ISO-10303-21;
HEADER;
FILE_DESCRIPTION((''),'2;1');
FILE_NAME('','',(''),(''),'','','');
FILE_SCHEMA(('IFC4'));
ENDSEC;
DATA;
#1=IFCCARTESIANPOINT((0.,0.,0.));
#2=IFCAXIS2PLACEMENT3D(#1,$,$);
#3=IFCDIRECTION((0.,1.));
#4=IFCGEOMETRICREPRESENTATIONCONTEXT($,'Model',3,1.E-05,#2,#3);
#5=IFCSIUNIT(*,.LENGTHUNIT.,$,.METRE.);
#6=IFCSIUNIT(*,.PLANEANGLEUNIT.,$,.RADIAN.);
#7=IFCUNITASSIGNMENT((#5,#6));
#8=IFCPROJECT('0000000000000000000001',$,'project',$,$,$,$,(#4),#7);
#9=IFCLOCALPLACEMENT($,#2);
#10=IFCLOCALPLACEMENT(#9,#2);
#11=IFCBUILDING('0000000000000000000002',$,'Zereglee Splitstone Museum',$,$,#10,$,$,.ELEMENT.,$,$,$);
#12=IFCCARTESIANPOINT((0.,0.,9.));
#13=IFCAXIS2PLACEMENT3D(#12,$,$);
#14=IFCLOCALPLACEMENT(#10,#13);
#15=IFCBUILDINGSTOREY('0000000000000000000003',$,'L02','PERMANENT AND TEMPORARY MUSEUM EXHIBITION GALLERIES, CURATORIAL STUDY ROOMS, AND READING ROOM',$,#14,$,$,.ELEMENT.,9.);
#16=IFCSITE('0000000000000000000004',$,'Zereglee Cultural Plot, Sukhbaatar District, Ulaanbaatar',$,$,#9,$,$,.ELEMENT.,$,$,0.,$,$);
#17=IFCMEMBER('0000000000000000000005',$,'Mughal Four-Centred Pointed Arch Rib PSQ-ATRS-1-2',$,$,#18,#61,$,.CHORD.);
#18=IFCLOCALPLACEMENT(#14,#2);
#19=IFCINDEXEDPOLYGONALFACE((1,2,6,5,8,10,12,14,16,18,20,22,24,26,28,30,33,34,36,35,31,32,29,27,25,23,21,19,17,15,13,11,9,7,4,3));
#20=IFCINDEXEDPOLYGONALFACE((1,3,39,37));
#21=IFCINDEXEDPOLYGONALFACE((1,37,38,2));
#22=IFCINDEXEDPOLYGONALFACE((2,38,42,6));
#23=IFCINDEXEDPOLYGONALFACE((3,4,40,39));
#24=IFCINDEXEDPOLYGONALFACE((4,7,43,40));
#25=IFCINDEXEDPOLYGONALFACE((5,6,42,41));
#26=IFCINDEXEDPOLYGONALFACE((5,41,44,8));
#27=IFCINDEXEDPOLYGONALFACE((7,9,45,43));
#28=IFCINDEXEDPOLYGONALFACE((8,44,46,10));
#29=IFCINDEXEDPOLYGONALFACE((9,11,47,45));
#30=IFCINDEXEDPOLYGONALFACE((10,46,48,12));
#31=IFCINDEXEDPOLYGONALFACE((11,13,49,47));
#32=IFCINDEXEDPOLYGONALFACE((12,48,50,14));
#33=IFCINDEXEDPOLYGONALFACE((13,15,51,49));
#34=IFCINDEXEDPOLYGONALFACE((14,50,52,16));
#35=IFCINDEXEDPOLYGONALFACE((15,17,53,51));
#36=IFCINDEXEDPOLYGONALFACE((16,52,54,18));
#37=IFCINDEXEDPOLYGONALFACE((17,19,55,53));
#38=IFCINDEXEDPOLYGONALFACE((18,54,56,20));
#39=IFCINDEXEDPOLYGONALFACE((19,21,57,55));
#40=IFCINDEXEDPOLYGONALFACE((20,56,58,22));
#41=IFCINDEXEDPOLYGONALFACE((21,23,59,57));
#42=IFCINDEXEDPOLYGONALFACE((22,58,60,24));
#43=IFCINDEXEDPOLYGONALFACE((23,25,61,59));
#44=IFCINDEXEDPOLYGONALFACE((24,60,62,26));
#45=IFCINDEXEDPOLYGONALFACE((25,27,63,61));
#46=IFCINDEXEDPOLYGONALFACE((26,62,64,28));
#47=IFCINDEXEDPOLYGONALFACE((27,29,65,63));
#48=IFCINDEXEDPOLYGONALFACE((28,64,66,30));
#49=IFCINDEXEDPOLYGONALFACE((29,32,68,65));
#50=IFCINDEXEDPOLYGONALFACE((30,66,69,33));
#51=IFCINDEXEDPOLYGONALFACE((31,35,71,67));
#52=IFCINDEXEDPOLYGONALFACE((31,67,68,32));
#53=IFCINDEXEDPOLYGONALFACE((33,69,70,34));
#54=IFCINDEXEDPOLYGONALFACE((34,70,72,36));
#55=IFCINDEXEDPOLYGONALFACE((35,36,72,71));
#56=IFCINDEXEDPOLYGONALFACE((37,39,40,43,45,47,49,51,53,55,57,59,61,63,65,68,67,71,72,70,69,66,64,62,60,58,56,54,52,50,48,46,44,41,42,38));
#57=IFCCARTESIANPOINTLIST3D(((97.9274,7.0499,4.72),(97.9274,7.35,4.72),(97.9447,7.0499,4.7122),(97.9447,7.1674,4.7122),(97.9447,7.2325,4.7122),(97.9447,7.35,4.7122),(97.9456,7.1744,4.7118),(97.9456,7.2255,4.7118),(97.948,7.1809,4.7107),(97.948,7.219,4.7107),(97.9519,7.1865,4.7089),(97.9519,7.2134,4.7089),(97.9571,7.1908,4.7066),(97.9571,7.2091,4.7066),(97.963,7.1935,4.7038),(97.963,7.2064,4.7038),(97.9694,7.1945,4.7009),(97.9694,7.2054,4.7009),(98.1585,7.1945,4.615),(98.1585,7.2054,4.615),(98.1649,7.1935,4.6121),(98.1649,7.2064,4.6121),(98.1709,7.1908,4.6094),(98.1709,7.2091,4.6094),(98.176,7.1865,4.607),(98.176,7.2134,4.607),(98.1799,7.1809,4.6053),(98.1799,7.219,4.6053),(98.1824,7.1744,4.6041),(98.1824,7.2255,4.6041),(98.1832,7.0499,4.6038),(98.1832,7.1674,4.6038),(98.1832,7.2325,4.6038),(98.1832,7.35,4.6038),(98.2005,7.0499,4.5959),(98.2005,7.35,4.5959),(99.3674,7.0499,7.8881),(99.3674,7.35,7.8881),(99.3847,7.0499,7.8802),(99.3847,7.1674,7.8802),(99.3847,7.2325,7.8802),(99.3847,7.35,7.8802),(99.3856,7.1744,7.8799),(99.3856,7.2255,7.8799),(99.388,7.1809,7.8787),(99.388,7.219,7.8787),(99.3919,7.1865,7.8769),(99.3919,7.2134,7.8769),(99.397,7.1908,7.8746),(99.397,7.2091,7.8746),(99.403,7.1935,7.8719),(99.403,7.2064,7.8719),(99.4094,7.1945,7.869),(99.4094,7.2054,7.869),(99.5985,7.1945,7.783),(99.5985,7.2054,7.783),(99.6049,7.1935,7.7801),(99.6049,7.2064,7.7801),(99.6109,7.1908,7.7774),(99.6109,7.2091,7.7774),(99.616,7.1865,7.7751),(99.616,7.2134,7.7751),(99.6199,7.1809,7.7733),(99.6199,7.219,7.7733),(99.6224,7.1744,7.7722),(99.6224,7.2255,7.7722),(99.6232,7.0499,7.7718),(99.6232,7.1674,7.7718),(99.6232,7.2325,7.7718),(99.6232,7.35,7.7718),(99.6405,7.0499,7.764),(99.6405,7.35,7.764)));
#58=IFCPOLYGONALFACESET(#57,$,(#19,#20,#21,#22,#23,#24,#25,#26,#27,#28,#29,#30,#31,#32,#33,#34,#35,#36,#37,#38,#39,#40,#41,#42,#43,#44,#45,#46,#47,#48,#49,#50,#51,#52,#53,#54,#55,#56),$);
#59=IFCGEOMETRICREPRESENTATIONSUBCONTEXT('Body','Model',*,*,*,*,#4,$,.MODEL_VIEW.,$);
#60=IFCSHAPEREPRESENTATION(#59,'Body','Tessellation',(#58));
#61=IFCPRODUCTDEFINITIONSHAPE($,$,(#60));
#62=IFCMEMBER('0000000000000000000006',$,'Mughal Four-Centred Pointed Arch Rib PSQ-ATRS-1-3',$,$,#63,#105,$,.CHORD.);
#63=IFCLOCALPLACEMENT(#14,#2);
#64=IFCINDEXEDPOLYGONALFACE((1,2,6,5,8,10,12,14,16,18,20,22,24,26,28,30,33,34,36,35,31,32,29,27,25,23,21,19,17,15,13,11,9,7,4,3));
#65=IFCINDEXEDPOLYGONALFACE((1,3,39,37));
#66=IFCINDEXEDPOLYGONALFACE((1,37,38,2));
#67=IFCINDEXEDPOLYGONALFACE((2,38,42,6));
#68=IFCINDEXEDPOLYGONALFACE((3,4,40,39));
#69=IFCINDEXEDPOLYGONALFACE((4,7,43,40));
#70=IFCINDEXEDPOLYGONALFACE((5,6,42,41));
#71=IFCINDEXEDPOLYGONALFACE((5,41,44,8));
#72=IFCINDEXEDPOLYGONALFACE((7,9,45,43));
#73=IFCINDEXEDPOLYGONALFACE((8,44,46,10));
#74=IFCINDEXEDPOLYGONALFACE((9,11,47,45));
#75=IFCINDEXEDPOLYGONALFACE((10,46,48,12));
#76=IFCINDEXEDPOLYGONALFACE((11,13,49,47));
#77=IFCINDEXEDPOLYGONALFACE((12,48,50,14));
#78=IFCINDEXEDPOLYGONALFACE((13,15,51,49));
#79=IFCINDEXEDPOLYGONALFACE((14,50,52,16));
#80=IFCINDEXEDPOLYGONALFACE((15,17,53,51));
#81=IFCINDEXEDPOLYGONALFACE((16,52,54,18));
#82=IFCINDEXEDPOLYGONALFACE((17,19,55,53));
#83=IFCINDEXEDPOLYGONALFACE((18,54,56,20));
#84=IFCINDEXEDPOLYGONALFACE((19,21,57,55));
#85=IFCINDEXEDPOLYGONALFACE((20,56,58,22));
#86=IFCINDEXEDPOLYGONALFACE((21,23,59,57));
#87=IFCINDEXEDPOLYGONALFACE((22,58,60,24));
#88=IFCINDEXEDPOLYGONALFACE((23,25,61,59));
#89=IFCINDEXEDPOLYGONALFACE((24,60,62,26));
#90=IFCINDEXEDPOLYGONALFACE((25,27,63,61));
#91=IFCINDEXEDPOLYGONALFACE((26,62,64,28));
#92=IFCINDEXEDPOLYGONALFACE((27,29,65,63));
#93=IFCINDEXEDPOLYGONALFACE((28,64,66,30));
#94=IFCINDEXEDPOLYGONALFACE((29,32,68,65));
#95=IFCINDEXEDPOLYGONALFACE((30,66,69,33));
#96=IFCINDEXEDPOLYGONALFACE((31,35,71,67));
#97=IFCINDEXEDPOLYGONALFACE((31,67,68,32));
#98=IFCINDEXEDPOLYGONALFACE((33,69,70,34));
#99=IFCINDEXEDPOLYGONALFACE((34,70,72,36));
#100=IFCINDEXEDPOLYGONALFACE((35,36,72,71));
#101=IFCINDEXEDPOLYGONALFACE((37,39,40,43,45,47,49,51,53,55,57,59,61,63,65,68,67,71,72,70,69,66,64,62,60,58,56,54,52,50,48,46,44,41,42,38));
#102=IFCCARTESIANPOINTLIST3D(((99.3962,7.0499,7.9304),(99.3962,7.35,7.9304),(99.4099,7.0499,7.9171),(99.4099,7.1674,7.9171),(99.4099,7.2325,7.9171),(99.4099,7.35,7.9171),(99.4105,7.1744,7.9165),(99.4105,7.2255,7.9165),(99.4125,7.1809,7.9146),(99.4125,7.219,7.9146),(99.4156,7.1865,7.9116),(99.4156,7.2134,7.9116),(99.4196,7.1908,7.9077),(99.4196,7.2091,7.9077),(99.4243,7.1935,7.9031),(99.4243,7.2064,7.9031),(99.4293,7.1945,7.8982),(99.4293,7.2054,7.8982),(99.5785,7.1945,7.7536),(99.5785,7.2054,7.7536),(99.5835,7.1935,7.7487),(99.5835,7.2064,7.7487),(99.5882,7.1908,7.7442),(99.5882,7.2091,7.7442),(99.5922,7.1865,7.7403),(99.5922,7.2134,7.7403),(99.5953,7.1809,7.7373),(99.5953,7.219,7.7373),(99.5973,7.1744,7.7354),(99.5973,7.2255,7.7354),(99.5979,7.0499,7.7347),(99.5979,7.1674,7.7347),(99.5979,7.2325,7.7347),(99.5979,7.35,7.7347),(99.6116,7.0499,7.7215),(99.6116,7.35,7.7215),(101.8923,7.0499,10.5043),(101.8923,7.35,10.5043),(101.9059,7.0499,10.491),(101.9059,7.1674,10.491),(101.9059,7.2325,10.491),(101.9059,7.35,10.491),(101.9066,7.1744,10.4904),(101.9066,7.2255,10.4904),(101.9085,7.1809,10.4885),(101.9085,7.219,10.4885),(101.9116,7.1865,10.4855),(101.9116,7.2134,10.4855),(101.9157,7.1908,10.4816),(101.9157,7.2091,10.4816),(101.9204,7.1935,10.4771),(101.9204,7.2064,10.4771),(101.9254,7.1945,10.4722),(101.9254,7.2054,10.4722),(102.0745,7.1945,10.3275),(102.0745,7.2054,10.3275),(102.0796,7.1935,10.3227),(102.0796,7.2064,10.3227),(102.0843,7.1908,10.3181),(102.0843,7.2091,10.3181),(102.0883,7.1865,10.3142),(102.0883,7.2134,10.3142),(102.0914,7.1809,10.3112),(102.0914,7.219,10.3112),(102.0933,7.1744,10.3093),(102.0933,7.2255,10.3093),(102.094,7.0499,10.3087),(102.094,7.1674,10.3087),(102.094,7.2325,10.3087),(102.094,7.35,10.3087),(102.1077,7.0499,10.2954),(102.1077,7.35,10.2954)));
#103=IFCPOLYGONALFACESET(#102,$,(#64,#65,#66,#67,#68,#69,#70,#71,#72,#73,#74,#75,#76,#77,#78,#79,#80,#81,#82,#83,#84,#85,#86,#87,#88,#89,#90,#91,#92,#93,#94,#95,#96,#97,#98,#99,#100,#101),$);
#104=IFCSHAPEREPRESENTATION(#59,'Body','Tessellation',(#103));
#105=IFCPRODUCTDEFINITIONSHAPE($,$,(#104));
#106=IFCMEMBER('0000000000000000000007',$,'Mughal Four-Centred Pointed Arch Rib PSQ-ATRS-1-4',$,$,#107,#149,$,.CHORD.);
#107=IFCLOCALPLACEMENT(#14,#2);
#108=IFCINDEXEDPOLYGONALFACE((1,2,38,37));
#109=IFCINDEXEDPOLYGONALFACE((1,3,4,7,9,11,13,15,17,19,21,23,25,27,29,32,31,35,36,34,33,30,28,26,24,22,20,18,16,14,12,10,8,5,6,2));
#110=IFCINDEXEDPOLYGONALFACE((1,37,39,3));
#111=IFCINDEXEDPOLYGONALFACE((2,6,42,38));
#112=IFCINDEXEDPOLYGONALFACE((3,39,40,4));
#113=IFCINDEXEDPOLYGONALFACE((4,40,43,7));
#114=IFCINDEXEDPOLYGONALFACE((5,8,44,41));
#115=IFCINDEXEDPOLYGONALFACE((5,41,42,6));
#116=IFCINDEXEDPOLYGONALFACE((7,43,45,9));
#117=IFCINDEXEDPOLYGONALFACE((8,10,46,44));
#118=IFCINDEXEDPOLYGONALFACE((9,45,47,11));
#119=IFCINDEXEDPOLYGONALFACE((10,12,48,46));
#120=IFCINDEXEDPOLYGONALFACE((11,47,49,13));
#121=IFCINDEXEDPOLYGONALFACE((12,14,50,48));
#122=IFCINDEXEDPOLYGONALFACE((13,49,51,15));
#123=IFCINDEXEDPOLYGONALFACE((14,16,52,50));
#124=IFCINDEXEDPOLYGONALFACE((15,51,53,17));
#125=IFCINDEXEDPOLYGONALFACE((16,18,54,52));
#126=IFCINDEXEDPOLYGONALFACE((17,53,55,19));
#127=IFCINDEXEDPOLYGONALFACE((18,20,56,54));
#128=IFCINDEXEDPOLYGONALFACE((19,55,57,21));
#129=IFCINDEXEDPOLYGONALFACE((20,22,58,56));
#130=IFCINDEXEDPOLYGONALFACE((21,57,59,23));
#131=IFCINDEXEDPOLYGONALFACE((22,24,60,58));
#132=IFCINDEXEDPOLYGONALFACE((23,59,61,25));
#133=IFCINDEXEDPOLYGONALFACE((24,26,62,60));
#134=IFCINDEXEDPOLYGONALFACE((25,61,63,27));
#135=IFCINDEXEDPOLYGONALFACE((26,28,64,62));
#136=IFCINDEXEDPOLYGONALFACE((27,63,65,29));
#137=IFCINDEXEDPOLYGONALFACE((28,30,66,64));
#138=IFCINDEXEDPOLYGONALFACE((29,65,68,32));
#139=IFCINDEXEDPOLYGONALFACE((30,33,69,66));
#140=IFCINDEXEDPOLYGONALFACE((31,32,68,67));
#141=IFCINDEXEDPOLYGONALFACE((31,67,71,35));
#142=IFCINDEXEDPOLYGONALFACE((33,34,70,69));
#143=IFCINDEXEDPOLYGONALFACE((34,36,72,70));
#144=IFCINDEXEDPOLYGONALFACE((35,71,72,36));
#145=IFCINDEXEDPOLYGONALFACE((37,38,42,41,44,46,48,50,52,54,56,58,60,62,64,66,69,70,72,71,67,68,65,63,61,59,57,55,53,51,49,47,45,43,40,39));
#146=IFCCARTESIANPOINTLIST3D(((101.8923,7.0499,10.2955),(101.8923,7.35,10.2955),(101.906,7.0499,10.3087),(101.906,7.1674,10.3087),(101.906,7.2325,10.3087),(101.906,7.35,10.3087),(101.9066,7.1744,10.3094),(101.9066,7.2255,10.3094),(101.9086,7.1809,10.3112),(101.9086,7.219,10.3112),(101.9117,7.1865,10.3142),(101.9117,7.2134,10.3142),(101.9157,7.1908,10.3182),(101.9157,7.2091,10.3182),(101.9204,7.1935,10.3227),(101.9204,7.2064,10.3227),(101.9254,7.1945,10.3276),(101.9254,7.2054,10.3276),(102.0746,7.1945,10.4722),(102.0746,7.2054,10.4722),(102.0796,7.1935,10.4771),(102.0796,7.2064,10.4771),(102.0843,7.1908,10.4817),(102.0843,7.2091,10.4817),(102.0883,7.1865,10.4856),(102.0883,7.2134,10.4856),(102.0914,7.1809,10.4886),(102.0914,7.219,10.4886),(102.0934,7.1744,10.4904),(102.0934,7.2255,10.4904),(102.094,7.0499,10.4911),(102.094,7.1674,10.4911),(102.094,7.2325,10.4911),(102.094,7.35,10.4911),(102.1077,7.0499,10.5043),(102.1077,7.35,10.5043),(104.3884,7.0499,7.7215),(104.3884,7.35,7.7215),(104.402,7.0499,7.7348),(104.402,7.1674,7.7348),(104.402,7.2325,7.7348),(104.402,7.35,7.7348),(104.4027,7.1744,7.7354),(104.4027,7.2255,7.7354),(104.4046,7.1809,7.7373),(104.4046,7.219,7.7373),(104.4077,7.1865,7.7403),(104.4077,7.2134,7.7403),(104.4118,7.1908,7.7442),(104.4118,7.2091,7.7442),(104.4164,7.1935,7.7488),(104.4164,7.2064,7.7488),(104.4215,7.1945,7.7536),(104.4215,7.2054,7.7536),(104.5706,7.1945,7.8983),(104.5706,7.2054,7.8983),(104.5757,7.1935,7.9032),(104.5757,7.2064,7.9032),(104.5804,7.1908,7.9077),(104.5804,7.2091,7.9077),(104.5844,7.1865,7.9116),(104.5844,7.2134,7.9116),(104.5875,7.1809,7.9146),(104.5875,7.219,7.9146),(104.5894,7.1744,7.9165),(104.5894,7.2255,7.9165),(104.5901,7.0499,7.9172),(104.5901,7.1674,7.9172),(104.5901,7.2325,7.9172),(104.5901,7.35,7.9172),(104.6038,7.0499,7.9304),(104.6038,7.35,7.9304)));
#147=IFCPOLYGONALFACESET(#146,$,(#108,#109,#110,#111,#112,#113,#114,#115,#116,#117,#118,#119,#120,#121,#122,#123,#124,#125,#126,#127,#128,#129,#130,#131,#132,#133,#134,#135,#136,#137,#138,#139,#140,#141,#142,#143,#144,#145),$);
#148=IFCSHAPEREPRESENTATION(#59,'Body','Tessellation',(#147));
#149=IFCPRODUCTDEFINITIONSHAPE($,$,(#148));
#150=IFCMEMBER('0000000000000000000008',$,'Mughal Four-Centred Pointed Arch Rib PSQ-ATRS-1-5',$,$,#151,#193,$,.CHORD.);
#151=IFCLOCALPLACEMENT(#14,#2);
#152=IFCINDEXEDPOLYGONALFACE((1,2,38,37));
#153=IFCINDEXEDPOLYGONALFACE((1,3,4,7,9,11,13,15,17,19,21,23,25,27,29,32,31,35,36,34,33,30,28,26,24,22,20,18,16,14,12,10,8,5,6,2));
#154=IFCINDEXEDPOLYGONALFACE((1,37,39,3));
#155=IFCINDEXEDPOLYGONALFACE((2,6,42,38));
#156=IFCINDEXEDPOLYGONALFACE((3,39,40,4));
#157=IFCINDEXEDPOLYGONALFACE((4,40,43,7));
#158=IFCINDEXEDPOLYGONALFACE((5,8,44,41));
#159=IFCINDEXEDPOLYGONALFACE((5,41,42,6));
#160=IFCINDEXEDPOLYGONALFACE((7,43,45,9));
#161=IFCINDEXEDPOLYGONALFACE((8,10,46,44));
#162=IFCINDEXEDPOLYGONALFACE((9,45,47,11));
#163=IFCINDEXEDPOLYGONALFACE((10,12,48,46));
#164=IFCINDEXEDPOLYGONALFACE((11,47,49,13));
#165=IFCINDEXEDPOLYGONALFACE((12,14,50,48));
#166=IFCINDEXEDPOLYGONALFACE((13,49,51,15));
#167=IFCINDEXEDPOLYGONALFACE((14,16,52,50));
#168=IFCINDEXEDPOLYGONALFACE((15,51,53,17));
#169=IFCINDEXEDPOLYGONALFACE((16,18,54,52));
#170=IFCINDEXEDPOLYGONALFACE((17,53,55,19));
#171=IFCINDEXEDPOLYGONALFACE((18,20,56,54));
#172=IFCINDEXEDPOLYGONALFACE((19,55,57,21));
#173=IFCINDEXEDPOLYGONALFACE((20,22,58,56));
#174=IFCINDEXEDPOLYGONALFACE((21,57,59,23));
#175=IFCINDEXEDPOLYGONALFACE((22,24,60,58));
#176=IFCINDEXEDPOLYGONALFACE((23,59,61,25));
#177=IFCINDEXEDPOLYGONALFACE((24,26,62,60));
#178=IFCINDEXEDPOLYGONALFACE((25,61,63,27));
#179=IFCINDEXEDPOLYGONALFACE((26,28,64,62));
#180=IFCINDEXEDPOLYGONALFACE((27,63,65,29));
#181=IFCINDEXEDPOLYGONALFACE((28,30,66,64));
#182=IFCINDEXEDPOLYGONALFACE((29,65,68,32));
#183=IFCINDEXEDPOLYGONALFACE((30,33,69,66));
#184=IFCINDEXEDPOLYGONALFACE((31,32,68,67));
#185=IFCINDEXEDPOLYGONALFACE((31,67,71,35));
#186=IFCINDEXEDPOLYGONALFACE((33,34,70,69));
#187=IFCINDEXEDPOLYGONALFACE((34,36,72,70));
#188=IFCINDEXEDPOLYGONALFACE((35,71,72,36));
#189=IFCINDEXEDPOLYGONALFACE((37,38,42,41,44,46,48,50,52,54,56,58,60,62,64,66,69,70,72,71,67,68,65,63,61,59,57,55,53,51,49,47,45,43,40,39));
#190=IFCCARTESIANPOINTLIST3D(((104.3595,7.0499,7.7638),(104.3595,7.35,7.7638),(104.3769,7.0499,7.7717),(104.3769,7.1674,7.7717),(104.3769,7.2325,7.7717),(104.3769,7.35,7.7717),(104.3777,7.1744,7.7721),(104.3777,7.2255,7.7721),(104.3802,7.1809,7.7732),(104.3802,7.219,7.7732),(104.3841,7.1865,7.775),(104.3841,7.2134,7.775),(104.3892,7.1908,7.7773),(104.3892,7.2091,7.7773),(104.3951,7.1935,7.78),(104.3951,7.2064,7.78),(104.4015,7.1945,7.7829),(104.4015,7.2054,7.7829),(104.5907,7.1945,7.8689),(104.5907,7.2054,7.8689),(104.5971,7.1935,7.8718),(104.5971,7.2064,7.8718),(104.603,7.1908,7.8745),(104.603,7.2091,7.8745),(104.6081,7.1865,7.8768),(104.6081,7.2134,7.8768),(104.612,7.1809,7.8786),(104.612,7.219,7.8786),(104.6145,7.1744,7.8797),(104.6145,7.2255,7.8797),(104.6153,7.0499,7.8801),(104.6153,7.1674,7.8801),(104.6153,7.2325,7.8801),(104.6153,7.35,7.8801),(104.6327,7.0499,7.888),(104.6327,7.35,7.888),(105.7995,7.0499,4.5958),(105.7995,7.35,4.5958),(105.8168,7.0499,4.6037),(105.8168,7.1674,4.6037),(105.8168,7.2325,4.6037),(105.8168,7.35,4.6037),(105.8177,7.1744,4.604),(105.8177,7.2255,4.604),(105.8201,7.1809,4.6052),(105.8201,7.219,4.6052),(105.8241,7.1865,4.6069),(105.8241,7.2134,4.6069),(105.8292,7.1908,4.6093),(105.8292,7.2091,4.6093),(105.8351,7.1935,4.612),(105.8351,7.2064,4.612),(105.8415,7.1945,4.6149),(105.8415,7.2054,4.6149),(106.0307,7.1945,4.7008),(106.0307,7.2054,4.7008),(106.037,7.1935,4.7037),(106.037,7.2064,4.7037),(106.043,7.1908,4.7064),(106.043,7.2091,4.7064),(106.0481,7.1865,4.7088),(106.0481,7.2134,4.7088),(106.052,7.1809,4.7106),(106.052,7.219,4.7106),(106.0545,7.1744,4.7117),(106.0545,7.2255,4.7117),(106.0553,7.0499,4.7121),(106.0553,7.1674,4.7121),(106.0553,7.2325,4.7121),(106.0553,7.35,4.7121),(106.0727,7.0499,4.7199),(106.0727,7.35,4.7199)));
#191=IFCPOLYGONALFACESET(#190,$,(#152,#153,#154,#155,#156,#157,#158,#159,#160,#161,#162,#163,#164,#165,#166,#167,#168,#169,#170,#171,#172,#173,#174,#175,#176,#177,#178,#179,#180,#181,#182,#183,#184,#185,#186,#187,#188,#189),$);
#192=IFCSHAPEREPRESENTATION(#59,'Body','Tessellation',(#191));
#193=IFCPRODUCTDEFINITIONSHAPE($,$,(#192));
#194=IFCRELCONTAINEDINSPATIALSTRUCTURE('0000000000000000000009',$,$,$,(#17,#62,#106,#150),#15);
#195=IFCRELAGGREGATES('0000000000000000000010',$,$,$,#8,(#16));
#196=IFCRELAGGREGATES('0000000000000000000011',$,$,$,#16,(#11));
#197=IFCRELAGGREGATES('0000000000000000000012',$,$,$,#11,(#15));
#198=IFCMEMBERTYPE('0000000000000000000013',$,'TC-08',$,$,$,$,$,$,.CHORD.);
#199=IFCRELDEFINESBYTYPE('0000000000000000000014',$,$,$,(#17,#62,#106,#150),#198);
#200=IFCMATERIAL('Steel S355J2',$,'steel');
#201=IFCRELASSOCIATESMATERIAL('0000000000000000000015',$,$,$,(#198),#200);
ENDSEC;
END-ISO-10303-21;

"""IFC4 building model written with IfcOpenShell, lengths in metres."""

from ifc_helpers import new_model, si_unit, direction, frame, origin, origin_2d, place, context, subcontext, project, spatial, i_section, extrude, material, material_profile, profile_set, type_object, element, save


model = new_model("IFC4")

# Units and contexts
model_context = context("Model", 3, precision=1e-05, world=origin(), true_north=direction((0.0, 1.0)))
body_context = subcontext(model_context, "Body", "Model", "MODEL_VIEW")
ifc_project = project(units=[si_unit("LENGTHUNIT", "METRE"), si_unit("PLANEANGLEUNIT", "RADIAN")], contexts=[model_context])

# Site, building, storey
site_placement = place(None, origin())
site = spatial("IfcSite", under=ifc_project, at=site_placement, Name="Zereglee Cultural Plot, Sukhbaatar District, Ulaanbaatar", CompositionType="ELEMENT", RefElevation=0.0)
building_placement = place(site_placement, origin())
building = spatial("IfcBuilding", under=site, at=building_placement, Name="Zereglee Splitstone Museum", CompositionType="ELEMENT")
storey_placement = place(building_placement, frame((0.0, 0.0, 9.0)))
storey = spatial("IfcBuildingStorey", under=building, at=storey_placement, Name="L02", Description="PERMANENT AND TEMPORARY MUSEUM EXHIBITION GALLERIES, CURATORIAL STUDY ROOMS, AND READING ROOM", CompositionType="ELEMENT", Elevation=9.0)

# Members
ifc_material_1 = material(Name="Steel S355J2", Category="steel")
ifc_material_profile_1 = material_profile(ifc_material_1, i_section(OverallWidth=0.3, OverallDepth=0.3, WebThickness=0.011, FlangeThickness=0.019, FilletRadius=0.0271, at=origin_2d()), Name="HE 300 B")
ifc_profile_set_1 = profile_set([ifc_material_profile_1], Name="Steel S355J2")
member_type_1 = type_object("IfcMemberType", Name="TC-08", PredefinedType="CHORD", material=ifc_profile_set_1)
member_1_placement = place(storey_placement, frame((98.064, 7.2, 4.658), z_axis=(0.413792, 0.0, 0.910371), x_axis=(0.0, 1.0, 0.0)))
element("IfcMember", 1, at=member_1_placement, inside=storey, type_object=member_type_1, Name="Mughal Four-Centred Pointed Arch Rib PSQ-ATRS-1-2", PredefinedType="CHORD", context=body_context, shape_type="SweptSolid", body=[
    extrude(i_section(OverallWidth=0.3, OverallDepth=0.3, WebThickness=0.011, FlangeThickness=0.019, FilletRadius=0.0271, at=origin_2d()), origin(), (0.0, 0.0, 1.0), 3.48),
])
for number, where, z_axis, x_axis, name in (
    (2, (99.5039, 7.2, 7.8259), (0.696163, 0.0, 0.717884), (0.0, 1.0, 0.0), "Mughal Four-Centred Pointed Arch Rib PSQ-ATRS-1-3"),
    (3, (102.0, 7.2, 10.3999), (0.696163, 0.0, -0.717884), (0.0, 1.0, 0.0), "Mughal Four-Centred Pointed Arch Rib PSQ-ATRS-1-4"),
):
    element("IfcMember", number, at=place(storey_placement, frame(where, z_axis=z_axis, x_axis=x_axis)), inside=storey, type_object=member_type_1, Name=name, PredefinedType="CHORD", context=body_context, shape_type="SweptSolid", body=[
        extrude(i_section(OverallWidth=0.3, OverallDepth=0.3, WebThickness=0.011, FlangeThickness=0.019, FilletRadius=0.0271, at=origin_2d()), origin(), (0.0, 0.0, 1.0), 3.5854),
    ])
member_2_placement = place(storey_placement, frame((104.4961, 7.2, 7.8259), z_axis=(0.413792, 0.0, -0.910371), x_axis=(0.0, 1.0, 0.0)))
element("IfcMember", 4, at=member_2_placement, inside=storey, type_object=member_type_1, Name="Mughal Four-Centred Pointed Arch Rib PSQ-ATRS-1-5", PredefinedType="CHORD", context=body_context, shape_type="SweptSolid", body=[
    extrude(i_section(OverallWidth=0.3, OverallDepth=0.3, WebThickness=0.011, FlangeThickness=0.019, FilletRadius=0.0271, at=origin_2d()), origin(), (0.0, 0.0, 1.0), 3.48),
])

save(model, "model.ifc")
